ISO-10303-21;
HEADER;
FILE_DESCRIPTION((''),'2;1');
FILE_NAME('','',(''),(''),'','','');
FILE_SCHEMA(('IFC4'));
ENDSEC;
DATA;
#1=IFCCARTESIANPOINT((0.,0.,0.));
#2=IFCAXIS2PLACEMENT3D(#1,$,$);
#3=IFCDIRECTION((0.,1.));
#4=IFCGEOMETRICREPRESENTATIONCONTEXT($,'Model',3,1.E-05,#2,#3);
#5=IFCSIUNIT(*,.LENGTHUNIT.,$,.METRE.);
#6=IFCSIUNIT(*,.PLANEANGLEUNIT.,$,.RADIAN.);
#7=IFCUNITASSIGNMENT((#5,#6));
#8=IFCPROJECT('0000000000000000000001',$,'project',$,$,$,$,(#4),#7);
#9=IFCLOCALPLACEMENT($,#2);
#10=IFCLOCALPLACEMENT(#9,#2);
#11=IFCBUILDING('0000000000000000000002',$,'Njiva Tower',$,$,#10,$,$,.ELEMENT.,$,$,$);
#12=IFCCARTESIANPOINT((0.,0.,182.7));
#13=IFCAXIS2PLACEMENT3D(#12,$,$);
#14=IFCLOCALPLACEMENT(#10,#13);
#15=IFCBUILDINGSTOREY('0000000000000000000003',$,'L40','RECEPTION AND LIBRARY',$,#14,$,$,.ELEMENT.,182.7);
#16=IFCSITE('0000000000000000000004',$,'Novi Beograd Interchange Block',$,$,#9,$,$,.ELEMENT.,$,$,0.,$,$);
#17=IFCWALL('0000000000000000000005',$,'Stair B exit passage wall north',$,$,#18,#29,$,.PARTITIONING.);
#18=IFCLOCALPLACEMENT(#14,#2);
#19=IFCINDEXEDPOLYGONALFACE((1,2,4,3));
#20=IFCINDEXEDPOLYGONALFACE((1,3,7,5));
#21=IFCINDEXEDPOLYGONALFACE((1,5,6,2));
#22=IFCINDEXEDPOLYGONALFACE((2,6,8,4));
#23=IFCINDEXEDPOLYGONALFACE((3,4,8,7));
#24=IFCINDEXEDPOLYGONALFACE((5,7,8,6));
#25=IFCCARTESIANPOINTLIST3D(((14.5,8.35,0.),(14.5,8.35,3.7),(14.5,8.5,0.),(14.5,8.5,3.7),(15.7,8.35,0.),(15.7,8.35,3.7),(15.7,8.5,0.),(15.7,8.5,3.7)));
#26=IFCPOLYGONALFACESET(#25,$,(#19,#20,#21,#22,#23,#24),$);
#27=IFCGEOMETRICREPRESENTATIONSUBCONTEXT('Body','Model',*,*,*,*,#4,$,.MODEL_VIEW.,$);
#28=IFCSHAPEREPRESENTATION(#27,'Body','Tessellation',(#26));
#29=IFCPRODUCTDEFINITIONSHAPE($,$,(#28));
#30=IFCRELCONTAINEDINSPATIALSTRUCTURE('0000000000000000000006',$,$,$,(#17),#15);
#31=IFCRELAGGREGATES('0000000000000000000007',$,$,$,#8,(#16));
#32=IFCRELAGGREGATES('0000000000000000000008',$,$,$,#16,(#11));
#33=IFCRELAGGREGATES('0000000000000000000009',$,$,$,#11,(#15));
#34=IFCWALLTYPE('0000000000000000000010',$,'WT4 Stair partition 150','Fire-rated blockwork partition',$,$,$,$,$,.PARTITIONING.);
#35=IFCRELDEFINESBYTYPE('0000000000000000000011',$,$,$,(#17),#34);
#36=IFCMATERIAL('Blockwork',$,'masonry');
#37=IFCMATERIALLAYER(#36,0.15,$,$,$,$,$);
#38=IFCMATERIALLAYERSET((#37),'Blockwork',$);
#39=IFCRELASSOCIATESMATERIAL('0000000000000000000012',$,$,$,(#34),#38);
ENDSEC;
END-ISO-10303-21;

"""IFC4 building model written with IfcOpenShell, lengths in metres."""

from ifc_helpers import new_model, si_unit, direction, frame, frame_2d, origin, place, context, subcontext, project, spatial, rectangle, extrude, material, layer, layer_set, type_object, element, save


model = new_model("IFC4")

# Units and contexts
model_context = context("Model", 3, precision=1e-05, world=origin(), true_north=direction((0.0, 1.0)))
body_context = subcontext(model_context, "Body", "Model", "MODEL_VIEW")
ifc_project = project(units=[si_unit("LENGTHUNIT", "METRE"), si_unit("PLANEANGLEUNIT", "RADIAN")], contexts=[model_context])

# Site, building, storey
site_placement = place(None, origin())
site = spatial("IfcSite", under=ifc_project, at=site_placement, Name="Novi Beograd Interchange Block", CompositionType="ELEMENT", RefElevation=0.0)
building_placement = place(site_placement, origin())
building = spatial("IfcBuilding", under=site, at=building_placement, Name="Njiva Tower", CompositionType="ELEMENT")
storey_placement = place(building_placement, frame((0.0, 0.0, 182.7)))
storey = spatial("IfcBuildingStorey", under=building, at=storey_placement, Name="L40", Description="RECEPTION AND LIBRARY", CompositionType="ELEMENT", Elevation=182.7)

# Shared definitions
ifc_material_1 = material(Name="Blockwork", Category="masonry")

# Wall
ifc_layer_1 = layer(ifc_material_1, 0.15)
ifc_layer_set_1 = layer_set([ifc_layer_1], Name="Blockwork")
wall_type_1 = type_object("IfcWallType", Name="WT4 Stair partition 150", Description="Fire-rated blockwork partition", PredefinedType="PARTITIONING", material=ifc_layer_set_1)
for number, where, z_axis, x_axis, name in (
    (1, (14.5, 8.425, 0.0), (0.0, 0.0, 1.0), (1.0, 0.0, 0.0), "Stair B exit passage wall north"),
):
    element("IfcWall", number, at=place(storey_placement, frame(where, z_axis=z_axis, x_axis=x_axis)), inside=storey, type_object=wall_type_1, Name=name, PredefinedType="PARTITIONING", context=body_context, shape_type="SweptSolid", body=[
        extrude(rectangle(XDim=1.2, YDim=0.15, at=frame_2d((0.6, 0.0))), origin(), (0.0, 0.0, 1.0), 3.7),
    ])

save(model, "model.ifc")
